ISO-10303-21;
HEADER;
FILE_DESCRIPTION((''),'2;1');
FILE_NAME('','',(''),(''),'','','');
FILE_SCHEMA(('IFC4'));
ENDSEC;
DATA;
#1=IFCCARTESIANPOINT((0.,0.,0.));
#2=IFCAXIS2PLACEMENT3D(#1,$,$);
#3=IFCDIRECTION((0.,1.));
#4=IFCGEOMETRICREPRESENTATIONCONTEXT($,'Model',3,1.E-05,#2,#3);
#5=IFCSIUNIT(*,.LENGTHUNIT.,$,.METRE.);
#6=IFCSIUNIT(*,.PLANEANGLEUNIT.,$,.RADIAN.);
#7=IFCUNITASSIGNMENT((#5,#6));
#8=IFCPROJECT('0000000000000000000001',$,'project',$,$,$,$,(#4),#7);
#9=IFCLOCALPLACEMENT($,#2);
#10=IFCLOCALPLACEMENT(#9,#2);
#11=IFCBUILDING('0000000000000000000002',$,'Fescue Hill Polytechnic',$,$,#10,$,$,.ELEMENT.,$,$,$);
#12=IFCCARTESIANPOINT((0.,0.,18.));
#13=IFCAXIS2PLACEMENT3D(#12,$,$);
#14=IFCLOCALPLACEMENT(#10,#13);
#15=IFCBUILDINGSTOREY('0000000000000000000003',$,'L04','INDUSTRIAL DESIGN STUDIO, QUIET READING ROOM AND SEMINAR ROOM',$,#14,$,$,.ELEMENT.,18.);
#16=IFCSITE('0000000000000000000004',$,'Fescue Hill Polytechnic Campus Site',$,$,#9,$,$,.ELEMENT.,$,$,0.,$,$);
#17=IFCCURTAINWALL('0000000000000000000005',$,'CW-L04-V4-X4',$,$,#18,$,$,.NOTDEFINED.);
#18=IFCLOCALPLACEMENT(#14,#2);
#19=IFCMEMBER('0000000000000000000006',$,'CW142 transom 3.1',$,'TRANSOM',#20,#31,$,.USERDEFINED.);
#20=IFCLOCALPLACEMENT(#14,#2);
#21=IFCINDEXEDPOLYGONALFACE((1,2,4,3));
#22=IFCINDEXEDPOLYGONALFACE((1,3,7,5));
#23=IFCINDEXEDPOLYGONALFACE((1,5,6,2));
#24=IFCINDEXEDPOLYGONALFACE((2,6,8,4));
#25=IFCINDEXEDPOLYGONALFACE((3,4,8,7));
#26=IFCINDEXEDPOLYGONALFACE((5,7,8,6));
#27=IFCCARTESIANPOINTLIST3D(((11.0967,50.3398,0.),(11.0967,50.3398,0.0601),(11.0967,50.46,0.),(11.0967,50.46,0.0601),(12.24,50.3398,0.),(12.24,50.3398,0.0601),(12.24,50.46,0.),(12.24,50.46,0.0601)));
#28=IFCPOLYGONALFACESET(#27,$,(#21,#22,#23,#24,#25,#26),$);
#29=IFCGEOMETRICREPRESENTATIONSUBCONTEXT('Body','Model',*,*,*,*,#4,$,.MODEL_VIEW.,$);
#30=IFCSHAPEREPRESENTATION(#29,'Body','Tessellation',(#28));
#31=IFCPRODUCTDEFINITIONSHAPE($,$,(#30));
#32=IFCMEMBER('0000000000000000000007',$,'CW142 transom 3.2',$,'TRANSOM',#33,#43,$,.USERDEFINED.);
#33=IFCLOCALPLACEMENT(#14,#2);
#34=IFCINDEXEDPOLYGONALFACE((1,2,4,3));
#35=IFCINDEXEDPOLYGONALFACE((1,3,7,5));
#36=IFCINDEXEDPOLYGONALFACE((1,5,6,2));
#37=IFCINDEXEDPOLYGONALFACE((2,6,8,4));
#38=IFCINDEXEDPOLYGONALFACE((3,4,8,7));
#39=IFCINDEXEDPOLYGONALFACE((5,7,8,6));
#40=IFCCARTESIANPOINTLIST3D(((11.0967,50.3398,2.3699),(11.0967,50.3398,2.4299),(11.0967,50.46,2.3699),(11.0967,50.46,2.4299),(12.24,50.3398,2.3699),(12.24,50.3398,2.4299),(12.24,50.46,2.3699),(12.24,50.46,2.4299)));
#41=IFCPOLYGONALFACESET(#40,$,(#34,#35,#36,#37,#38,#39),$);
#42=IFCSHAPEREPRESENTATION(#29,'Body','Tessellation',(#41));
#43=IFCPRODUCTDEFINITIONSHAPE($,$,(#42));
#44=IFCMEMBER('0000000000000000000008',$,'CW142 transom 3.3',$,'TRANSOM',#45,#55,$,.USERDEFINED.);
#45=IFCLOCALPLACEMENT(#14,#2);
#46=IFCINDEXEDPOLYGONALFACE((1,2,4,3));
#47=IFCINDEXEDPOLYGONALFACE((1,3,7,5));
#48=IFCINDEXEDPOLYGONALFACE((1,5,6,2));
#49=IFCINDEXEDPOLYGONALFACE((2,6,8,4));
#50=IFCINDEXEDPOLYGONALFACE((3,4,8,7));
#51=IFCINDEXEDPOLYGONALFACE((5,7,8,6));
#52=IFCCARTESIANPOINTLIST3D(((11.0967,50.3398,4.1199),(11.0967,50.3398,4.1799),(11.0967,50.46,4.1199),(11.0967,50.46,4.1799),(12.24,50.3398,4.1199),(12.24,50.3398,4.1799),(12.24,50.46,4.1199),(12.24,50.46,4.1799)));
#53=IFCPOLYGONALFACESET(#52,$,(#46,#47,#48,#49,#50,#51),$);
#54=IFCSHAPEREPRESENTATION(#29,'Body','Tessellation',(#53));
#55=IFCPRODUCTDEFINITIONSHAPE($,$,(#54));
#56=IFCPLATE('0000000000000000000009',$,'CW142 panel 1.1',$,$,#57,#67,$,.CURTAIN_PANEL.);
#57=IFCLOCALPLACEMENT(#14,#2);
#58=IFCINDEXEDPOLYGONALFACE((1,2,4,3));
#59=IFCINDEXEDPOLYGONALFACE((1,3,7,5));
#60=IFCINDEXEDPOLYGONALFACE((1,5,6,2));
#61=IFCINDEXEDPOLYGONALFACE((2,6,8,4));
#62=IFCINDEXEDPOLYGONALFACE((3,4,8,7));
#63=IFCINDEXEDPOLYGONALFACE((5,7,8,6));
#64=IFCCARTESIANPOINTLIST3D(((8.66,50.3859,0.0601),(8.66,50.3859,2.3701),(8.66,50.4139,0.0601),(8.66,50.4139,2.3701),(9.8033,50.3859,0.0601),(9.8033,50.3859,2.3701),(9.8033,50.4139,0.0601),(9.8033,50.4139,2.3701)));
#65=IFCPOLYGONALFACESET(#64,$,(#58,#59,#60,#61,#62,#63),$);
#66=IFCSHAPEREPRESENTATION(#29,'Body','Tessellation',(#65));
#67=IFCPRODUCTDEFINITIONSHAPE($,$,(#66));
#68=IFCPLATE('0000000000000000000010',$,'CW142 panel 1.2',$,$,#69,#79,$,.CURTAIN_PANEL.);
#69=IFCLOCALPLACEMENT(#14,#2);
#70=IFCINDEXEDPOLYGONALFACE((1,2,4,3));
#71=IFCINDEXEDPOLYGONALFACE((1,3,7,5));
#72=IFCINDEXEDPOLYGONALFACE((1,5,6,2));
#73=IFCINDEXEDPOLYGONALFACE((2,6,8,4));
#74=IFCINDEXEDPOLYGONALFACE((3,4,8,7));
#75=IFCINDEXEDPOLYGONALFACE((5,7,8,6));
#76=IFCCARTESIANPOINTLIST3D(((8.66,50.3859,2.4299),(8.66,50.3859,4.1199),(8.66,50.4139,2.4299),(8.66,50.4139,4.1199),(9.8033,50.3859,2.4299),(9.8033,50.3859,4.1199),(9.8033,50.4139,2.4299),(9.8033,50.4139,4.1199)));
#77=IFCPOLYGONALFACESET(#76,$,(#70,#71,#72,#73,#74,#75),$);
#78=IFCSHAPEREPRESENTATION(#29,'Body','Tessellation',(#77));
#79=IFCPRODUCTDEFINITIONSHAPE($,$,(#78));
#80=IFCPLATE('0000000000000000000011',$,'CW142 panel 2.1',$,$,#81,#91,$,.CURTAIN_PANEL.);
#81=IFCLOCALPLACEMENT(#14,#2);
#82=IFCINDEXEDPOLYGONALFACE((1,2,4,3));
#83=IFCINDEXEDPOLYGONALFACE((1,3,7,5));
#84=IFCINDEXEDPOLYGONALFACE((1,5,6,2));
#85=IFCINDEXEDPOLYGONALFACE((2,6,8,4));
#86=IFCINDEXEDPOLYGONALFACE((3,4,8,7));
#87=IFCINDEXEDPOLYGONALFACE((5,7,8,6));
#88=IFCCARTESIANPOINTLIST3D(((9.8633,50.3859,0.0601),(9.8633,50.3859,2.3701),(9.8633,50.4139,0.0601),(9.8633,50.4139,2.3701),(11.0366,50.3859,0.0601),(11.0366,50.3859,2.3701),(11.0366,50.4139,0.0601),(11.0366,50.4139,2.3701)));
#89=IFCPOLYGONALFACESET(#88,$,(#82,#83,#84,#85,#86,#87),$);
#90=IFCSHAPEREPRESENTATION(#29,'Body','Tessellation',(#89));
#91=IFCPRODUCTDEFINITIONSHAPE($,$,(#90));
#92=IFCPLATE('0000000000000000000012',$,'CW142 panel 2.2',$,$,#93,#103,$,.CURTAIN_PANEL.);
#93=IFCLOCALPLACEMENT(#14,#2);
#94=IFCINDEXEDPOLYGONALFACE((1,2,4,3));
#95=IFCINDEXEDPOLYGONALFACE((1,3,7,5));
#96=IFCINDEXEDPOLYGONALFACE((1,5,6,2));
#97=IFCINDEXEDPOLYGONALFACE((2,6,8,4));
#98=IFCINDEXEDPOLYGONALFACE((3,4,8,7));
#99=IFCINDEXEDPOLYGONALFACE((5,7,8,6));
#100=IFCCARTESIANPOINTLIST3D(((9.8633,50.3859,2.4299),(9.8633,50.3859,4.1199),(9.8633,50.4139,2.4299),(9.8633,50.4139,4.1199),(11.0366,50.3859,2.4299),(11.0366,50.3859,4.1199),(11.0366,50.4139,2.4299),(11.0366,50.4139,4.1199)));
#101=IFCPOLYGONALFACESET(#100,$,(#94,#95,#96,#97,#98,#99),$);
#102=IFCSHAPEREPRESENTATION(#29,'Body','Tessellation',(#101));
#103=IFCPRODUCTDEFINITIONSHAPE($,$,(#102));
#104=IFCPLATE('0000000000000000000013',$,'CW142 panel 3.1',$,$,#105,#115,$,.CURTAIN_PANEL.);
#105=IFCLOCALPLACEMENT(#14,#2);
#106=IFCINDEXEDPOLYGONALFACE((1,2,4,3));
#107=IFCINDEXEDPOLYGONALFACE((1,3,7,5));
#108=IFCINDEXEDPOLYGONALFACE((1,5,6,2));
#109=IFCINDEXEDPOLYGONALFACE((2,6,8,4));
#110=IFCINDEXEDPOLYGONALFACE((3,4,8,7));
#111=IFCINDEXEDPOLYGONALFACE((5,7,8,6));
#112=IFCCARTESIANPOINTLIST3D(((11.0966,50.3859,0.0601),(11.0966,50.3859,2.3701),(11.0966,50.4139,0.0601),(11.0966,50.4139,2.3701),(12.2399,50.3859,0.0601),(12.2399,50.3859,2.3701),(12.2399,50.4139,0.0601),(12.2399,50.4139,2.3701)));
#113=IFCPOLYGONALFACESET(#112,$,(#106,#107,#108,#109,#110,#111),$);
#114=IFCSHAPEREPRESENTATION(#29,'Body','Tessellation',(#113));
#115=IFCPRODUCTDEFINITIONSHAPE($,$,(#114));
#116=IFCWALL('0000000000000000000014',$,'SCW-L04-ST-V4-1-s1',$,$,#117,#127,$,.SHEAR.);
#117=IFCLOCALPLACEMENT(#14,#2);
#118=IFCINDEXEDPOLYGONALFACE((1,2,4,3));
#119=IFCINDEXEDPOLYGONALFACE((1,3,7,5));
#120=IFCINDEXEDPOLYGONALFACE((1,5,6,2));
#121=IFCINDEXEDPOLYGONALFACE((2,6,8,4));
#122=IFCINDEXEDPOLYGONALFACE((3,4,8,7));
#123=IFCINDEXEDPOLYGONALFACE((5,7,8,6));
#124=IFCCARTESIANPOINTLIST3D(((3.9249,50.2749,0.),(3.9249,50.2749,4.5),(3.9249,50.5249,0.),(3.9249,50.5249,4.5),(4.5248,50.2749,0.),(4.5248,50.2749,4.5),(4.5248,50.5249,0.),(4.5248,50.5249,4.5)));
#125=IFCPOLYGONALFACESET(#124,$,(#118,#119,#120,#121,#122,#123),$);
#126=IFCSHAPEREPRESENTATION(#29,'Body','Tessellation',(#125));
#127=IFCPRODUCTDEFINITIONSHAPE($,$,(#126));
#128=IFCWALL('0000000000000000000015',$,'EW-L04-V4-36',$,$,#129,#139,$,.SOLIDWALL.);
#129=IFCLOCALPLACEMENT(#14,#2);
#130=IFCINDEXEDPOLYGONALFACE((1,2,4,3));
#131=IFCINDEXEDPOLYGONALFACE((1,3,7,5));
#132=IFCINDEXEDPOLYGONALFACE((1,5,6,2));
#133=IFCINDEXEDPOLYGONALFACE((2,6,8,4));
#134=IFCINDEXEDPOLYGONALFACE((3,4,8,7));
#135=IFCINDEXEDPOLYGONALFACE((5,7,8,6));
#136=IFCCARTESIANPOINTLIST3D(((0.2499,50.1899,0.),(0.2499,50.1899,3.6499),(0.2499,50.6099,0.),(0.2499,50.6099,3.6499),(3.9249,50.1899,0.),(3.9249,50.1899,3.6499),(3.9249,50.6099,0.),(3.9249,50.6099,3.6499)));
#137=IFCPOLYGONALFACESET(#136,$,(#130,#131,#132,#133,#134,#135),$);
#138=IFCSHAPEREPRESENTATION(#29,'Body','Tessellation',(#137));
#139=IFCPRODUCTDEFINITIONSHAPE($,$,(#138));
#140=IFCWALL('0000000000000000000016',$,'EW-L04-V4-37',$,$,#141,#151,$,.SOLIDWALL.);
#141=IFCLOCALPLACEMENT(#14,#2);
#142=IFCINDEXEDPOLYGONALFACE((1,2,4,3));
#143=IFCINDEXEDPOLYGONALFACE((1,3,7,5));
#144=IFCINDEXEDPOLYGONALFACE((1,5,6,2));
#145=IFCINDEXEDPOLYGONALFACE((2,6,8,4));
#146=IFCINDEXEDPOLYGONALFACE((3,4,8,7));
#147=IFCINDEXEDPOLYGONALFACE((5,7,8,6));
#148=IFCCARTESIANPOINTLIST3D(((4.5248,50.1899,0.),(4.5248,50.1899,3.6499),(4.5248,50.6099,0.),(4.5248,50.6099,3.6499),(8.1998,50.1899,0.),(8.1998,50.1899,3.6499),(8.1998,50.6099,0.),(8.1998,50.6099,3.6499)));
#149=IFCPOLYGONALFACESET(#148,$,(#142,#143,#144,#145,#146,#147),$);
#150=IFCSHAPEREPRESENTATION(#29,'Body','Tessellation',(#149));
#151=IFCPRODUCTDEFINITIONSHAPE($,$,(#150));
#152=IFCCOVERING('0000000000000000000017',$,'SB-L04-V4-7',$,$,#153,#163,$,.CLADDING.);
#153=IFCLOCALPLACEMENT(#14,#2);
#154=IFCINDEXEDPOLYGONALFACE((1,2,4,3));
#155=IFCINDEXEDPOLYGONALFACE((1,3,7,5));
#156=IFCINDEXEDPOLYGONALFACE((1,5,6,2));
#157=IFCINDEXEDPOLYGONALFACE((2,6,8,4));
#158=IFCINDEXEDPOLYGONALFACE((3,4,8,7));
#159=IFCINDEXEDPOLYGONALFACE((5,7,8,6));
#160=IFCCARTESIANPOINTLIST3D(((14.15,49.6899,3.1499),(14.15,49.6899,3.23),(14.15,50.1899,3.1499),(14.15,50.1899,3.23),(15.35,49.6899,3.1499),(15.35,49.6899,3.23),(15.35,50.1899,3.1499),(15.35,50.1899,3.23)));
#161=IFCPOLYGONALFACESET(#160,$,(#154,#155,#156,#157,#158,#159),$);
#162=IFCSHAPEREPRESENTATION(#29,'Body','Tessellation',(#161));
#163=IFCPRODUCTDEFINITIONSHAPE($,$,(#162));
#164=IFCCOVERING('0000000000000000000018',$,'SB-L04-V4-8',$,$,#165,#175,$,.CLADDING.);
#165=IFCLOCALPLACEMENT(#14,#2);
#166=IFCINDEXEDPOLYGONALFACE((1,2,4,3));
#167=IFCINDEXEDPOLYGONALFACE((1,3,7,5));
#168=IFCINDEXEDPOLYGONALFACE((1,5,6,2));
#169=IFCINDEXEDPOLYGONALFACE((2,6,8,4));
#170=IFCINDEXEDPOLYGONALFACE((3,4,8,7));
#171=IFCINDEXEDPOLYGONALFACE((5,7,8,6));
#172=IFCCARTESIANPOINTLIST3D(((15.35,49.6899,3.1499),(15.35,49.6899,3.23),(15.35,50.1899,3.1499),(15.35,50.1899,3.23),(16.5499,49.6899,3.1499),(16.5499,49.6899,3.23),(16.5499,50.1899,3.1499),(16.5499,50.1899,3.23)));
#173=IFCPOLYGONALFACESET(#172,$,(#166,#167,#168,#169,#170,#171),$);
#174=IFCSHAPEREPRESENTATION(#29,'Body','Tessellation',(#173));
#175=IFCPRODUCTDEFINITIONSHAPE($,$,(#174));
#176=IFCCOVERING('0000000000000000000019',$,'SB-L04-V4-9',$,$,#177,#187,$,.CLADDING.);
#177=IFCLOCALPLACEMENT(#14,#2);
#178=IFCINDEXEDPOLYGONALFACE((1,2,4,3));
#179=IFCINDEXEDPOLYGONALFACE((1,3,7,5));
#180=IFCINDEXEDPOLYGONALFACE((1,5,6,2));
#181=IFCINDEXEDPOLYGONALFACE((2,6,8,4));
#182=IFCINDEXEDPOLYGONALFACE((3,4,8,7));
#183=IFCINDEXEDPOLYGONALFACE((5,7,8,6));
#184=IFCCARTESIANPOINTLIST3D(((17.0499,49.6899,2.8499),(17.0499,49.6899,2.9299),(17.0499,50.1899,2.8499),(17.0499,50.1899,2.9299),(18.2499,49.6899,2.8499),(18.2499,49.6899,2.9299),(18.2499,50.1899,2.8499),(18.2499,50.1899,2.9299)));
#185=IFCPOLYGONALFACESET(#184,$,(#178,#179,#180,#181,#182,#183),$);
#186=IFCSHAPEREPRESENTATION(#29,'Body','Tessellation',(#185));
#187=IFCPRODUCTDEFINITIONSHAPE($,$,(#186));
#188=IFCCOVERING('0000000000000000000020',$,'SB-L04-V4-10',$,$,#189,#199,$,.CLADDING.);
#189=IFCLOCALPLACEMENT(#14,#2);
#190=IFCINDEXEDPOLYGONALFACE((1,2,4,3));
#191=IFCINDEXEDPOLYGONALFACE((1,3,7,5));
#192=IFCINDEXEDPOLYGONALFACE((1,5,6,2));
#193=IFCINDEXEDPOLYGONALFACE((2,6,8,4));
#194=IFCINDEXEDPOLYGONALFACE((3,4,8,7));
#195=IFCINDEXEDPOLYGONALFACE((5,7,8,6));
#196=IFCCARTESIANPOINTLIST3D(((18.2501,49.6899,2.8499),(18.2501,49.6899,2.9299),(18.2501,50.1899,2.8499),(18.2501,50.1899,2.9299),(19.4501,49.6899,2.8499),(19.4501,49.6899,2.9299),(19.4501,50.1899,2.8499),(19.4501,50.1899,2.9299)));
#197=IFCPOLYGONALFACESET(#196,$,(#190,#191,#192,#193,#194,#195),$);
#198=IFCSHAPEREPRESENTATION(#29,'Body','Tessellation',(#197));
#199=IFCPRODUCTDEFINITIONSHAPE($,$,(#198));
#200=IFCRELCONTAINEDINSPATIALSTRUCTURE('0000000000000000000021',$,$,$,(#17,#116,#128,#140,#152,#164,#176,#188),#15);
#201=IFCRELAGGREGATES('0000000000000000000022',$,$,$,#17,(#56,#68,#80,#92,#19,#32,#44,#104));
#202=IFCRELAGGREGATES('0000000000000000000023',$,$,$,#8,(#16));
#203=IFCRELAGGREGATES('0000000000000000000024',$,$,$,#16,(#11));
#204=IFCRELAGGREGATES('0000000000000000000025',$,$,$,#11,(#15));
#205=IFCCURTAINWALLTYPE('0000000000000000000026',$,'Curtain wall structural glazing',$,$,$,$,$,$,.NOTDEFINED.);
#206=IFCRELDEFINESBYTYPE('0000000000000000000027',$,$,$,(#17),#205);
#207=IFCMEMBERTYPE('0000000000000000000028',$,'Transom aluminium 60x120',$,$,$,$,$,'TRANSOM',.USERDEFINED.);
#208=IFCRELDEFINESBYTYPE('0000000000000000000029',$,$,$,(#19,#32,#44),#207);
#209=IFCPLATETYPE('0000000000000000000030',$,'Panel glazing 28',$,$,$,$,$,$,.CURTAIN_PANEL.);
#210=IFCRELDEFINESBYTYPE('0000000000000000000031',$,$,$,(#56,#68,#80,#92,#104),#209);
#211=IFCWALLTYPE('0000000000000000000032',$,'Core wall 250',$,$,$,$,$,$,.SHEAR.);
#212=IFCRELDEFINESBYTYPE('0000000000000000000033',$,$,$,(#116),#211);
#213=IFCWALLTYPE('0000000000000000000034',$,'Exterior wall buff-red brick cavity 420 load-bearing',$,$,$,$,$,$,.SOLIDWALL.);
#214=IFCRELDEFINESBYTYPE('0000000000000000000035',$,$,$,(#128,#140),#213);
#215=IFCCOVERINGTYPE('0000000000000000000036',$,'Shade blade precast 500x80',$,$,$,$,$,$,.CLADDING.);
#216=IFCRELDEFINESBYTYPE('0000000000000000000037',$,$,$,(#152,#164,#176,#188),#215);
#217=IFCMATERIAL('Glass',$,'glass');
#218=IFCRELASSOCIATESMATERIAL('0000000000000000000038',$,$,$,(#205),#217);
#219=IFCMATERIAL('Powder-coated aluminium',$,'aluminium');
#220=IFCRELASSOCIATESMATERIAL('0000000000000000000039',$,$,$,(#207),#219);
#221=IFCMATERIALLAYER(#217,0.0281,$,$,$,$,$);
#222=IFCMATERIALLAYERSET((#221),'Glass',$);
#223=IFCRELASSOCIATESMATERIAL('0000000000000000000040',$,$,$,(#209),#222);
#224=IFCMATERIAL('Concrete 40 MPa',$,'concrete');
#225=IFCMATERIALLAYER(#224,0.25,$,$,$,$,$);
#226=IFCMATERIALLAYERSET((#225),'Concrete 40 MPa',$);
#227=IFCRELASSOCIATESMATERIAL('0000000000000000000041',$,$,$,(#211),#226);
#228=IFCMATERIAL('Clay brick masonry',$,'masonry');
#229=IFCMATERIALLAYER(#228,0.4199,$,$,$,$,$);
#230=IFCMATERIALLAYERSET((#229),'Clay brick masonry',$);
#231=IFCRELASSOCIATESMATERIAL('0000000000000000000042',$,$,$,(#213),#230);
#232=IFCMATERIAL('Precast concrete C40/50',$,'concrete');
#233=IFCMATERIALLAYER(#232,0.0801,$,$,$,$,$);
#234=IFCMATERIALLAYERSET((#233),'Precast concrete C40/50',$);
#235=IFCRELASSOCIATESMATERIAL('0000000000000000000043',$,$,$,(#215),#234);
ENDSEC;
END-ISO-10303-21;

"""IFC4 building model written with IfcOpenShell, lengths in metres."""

from ifc_helpers import new_model, si_unit, direction, frame, frame_2d, origin, origin_2d, place, context, subcontext, project, spatial, rectangle, extrude, material, layer, layer_set, material_profile, profile_set, type_object, element, aggregate, save


model = new_model("IFC4")

# Units and contexts
model_context = context("Model", 3, precision=1e-05, world=origin(), true_north=direction((0.0, 1.0)))
body_context = subcontext(model_context, "Body", "Model", "MODEL_VIEW")
ifc_project = project(units=[si_unit("LENGTHUNIT", "METRE"), si_unit("PLANEANGLEUNIT", "RADIAN")], contexts=[model_context])

# Site, building, storey
site_placement = place(None, origin())
site = spatial("IfcSite", under=ifc_project, at=site_placement, Name="Fescue Hill Polytechnic Campus Site", CompositionType="ELEMENT", RefElevation=0.0)
building_placement = place(site_placement, origin())
building = spatial("IfcBuilding", under=site, at=building_placement, Name="Fescue Hill Polytechnic", CompositionType="ELEMENT")
storey_placement = place(building_placement, frame((0.0, 0.0, 18.0)))
storey = spatial("IfcBuildingStorey", under=building, at=storey_placement, Name="L04", Description="INDUSTRIAL DESIGN STUDIO, QUIET READING ROOM AND SEMINAR ROOM", CompositionType="ELEMENT", Elevation=18.0)

# Shared definitions
ifc_material_1 = material(Name="Concrete 40 MPa", Category="concrete")

# Curtain wall, members, plates
ifc_material_2 = material(Name="Glass", Category="glass")
curtain_wall_type = type_object("IfcCurtainWallType", Name="Curtain wall structural glazing", PredefinedType="NOTDEFINED", material=ifc_material_2)
curtain_wall_placement = place(storey_placement, origin())
curtain_wall = element("IfcCurtainWall", 1, at=curtain_wall_placement, inside=storey, type_object=curtain_wall_type, Name="CW-L04-V4-X4", PredefinedType="NOTDEFINED")
ifc_material_3 = material(Name="Powder-coated aluminium", Category="aluminium")
ifc_material_profile_1 = material_profile(ifc_material_3, rectangle(XDim=0.1201, YDim=0.0601, at=origin_2d()), Name="Transom aluminium 60x120")
ifc_profile_set_1 = profile_set([ifc_material_profile_1], Name="Powder-coated aluminium")
member_type_1 = type_object("IfcMemberType", Name="Transom aluminium 60x120", ElementType="TRANSOM", PredefinedType="USERDEFINED", material=ifc_profile_set_1)
member_1_placement = place(storey_placement, frame((11.0967, 50.3999, 0.03), z_axis=(1.0, 0.0, 0.0), x_axis=(0.0, 1.0, 0.0)))
member_1 = element("IfcMember", 2, at=member_1_placement, type_object=member_type_1, Name="CW142 transom 3.1", ObjectType="TRANSOM", PredefinedType="USERDEFINED", context=body_context, shape_type="SweptSolid", body=[
    extrude(rectangle(XDim=0.1201, YDim=0.0601, at=origin_2d()), origin(), (0.0, 0.0, 1.0), 1.1433),
])
member_2_placement = place(storey_placement, frame((11.0967, 50.3999, 2.3999), z_axis=(1.0, 0.0, 0.0), x_axis=(0.0, 1.0, 0.0)))
member_2 = element("IfcMember", 3, at=member_2_placement, type_object=member_type_1, Name="CW142 transom 3.2", ObjectType="TRANSOM", PredefinedType="USERDEFINED", context=body_context, shape_type="SweptSolid", body=[
    extrude(rectangle(XDim=0.1201, YDim=0.0601, at=origin_2d()), origin(), (0.0, 0.0, 1.0), 1.1433),
])
member_3_placement = place(storey_placement, frame((11.0967, 50.3999, 4.1499), z_axis=(1.0, 0.0, 0.0), x_axis=(0.0, 1.0, 0.0)))
member_3 = element("IfcMember", 4, at=member_3_placement, type_object=member_type_1, Name="CW142 transom 3.3", ObjectType="TRANSOM", PredefinedType="USERDEFINED", context=body_context, shape_type="SweptSolid", body=[
    extrude(rectangle(XDim=0.1201, YDim=0.0601, at=origin_2d()), origin(), (0.0, 0.0, 1.0), 1.1433),
])
ifc_layer_1 = layer(ifc_material_2, 0.0281)
ifc_layer_set_1 = layer_set([ifc_layer_1], Name="Glass")
plate_type = type_object("IfcPlateType", Name="Panel glazing 28", PredefinedType="CURTAIN_PANEL", material=ifc_layer_set_1)
plate_1_placement = place(storey_placement, frame((9.2317, 50.3999, 0.0601), z_axis=(0.0, 0.0, 1.0), x_axis=(1.0, 0.0, 0.0)))
plate_1 = element("IfcPlate", 5, at=plate_1_placement, type_object=plate_type, Name="CW142 panel 1.1", PredefinedType="CURTAIN_PANEL", context=body_context, shape_type="SweptSolid", body=[
    extrude(rectangle(XDim=1.1433, YDim=0.0281, at=origin_2d()), origin(), (0.0, 0.0, 1.0), 2.3101),
])
plate_2_placement = place(storey_placement, frame((9.2317, 50.3999, 2.4299), z_axis=(0.0, 0.0, 1.0), x_axis=(1.0, 0.0, 0.0)))
plate_2 = element("IfcPlate", 6, at=plate_2_placement, type_object=plate_type, Name="CW142 panel 1.2", PredefinedType="CURTAIN_PANEL", context=body_context, shape_type="SweptSolid", body=[
    extrude(rectangle(XDim=1.1433, YDim=0.0281, at=origin_2d()), origin(), (0.0, 0.0, 1.0), 1.6899),
])
plate_3_placement = place(storey_placement, frame((10.45, 50.3999, 0.0601), z_axis=(0.0, 0.0, 1.0), x_axis=(1.0, 0.0, 0.0)))
plate_3 = element("IfcPlate", 7, at=plate_3_placement, type_object=plate_type, Name="CW142 panel 2.1", PredefinedType="CURTAIN_PANEL", context=body_context, shape_type="SweptSolid", body=[
    extrude(rectangle(XDim=1.1733, YDim=0.0281, at=origin_2d()), origin(), (0.0, 0.0, 1.0), 2.3101),
])
plate_4_placement = place(storey_placement, frame((10.45, 50.3999, 2.4299), z_axis=(0.0, 0.0, 1.0), x_axis=(1.0, 0.0, 0.0)))
plate_4 = element("IfcPlate", 8, at=plate_4_placement, type_object=plate_type, Name="CW142 panel 2.2", PredefinedType="CURTAIN_PANEL", context=body_context, shape_type="SweptSolid", body=[
    extrude(rectangle(XDim=1.1733, YDim=0.0281, at=origin_2d()), origin(), (0.0, 0.0, 1.0), 1.6899),
])
plate_5_placement = place(storey_placement, frame((11.6682, 50.3999, 0.0601), z_axis=(0.0, 0.0, 1.0), x_axis=(1.0, 0.0, 0.0)))
plate_5 = element("IfcPlate", 9, at=plate_5_placement, type_object=plate_type, Name="CW142 panel 3.1", PredefinedType="CURTAIN_PANEL", context=body_context, shape_type="SweptSolid", body=[
    extrude(rectangle(XDim=1.1433, YDim=0.0281, at=origin_2d()), origin(), (0.0, 0.0, 1.0), 2.3101),
])
aggregate(curtain_wall, [plate_1, plate_2, plate_3, plate_4, member_1, member_2, member_3, plate_5])

# Walls
ifc_layer_2 = layer(ifc_material_1, 0.25)
ifc_layer_set_2 = layer_set([ifc_layer_2], Name="Concrete 40 MPa")
wall_type_1 = type_object("IfcWallType", Name="Core wall 250", PredefinedType="SHEAR", material=ifc_layer_set_2)
wall_placement = place(storey_placement, frame((3.925, 50.3999, 0.0), z_axis=(0.0, 0.0, 1.0), x_axis=(1.0, 0.0, 0.0)))
element("IfcWall", 10, at=wall_placement, inside=storey, type_object=wall_type_1, Name="SCW-L04-ST-V4-1-s1", PredefinedType="SHEAR", context=body_context, shape_type="SweptSolid", body=[
    extrude(rectangle(XDim=0.5999, YDim=0.25, at=frame_2d((0.2998, 0.0))), origin(), (0.0, 0.0, 1.0), 4.5),
])
ifc_material_4 = material(Name="Clay brick masonry", Category="masonry")
ifc_layer_3 = layer(ifc_material_4, 0.4199)
ifc_layer_set_3 = layer_set([ifc_layer_3], Name="Clay brick masonry")
wall_type_2 = type_object("IfcWallType", Name="Exterior wall buff-red brick cavity 420 load-bearing", PredefinedType="SOLIDWALL", material=ifc_layer_set_3)
for number, where, z_axis, x_axis, name in (
    (11, (0.25, 50.3999, 0.0), (0.0, 0.0, 1.0), (1.0, 0.0, 0.0), "EW-L04-V4-36"),
    (12, (4.5249, 50.3999, 0.0), (0.0, 0.0, 1.0), (1.0, 0.0, 0.0), "EW-L04-V4-37"),
):
    element("IfcWall", number, at=place(storey_placement, frame(where, z_axis=z_axis, x_axis=x_axis)), inside=storey, type_object=wall_type_2, Name=name, PredefinedType="SOLIDWALL", context=body_context, shape_type="SweptSolid", body=[
        extrude(rectangle(XDim=3.675, YDim=0.4199, at=frame_2d((1.8374, 0.0))), origin(), (0.0, 0.0, 1.0), 3.6499),
    ])

# Coverings
ifc_material_5 = material(Name="Precast concrete C40/50", Category="concrete")
ifc_layer_4 = layer(ifc_material_5, 0.0801)
ifc_layer_set_4 = layer_set([ifc_layer_4], Name="Precast concrete C40/50")
covering_type = type_object("IfcCoveringType", Name="Shade blade precast 500x80", PredefinedType="CLADDING", material=ifc_layer_set_4)
for number, where, z_axis, x_axis, name in (
    (13, (14.75, 49.9399, 3.1499), (0.0, 0.0, 1.0), (1.0, 0.0, 0.0), "SB-L04-V4-7"),
    (14, (15.95, 49.9399, 3.1499), (0.0, 0.0, 1.0), (1.0, 0.0, 0.0), "SB-L04-V4-8"),
    (15, (17.6499, 49.9399, 2.8499), (0.0, 0.0, 1.0), (1.0, 0.0, 0.0), "SB-L04-V4-9"),
    (16, (18.8501, 49.9399, 2.8499), (0.0, 0.0, 1.0), (1.0, 0.0, 0.0), "SB-L04-V4-10"),
):
    element("IfcCovering", number, at=place(storey_placement, frame(where, z_axis=z_axis, x_axis=x_axis)), inside=storey, type_object=covering_type, Name=name, PredefinedType="CLADDING", context=body_context, shape_type="SweptSolid", body=[
        extrude(rectangle(XDim=1.2, YDim=0.5, at=origin_2d()), origin(), (0.0, 0.0, 1.0), 0.0801),
    ])

save(model, "model.ifc")
